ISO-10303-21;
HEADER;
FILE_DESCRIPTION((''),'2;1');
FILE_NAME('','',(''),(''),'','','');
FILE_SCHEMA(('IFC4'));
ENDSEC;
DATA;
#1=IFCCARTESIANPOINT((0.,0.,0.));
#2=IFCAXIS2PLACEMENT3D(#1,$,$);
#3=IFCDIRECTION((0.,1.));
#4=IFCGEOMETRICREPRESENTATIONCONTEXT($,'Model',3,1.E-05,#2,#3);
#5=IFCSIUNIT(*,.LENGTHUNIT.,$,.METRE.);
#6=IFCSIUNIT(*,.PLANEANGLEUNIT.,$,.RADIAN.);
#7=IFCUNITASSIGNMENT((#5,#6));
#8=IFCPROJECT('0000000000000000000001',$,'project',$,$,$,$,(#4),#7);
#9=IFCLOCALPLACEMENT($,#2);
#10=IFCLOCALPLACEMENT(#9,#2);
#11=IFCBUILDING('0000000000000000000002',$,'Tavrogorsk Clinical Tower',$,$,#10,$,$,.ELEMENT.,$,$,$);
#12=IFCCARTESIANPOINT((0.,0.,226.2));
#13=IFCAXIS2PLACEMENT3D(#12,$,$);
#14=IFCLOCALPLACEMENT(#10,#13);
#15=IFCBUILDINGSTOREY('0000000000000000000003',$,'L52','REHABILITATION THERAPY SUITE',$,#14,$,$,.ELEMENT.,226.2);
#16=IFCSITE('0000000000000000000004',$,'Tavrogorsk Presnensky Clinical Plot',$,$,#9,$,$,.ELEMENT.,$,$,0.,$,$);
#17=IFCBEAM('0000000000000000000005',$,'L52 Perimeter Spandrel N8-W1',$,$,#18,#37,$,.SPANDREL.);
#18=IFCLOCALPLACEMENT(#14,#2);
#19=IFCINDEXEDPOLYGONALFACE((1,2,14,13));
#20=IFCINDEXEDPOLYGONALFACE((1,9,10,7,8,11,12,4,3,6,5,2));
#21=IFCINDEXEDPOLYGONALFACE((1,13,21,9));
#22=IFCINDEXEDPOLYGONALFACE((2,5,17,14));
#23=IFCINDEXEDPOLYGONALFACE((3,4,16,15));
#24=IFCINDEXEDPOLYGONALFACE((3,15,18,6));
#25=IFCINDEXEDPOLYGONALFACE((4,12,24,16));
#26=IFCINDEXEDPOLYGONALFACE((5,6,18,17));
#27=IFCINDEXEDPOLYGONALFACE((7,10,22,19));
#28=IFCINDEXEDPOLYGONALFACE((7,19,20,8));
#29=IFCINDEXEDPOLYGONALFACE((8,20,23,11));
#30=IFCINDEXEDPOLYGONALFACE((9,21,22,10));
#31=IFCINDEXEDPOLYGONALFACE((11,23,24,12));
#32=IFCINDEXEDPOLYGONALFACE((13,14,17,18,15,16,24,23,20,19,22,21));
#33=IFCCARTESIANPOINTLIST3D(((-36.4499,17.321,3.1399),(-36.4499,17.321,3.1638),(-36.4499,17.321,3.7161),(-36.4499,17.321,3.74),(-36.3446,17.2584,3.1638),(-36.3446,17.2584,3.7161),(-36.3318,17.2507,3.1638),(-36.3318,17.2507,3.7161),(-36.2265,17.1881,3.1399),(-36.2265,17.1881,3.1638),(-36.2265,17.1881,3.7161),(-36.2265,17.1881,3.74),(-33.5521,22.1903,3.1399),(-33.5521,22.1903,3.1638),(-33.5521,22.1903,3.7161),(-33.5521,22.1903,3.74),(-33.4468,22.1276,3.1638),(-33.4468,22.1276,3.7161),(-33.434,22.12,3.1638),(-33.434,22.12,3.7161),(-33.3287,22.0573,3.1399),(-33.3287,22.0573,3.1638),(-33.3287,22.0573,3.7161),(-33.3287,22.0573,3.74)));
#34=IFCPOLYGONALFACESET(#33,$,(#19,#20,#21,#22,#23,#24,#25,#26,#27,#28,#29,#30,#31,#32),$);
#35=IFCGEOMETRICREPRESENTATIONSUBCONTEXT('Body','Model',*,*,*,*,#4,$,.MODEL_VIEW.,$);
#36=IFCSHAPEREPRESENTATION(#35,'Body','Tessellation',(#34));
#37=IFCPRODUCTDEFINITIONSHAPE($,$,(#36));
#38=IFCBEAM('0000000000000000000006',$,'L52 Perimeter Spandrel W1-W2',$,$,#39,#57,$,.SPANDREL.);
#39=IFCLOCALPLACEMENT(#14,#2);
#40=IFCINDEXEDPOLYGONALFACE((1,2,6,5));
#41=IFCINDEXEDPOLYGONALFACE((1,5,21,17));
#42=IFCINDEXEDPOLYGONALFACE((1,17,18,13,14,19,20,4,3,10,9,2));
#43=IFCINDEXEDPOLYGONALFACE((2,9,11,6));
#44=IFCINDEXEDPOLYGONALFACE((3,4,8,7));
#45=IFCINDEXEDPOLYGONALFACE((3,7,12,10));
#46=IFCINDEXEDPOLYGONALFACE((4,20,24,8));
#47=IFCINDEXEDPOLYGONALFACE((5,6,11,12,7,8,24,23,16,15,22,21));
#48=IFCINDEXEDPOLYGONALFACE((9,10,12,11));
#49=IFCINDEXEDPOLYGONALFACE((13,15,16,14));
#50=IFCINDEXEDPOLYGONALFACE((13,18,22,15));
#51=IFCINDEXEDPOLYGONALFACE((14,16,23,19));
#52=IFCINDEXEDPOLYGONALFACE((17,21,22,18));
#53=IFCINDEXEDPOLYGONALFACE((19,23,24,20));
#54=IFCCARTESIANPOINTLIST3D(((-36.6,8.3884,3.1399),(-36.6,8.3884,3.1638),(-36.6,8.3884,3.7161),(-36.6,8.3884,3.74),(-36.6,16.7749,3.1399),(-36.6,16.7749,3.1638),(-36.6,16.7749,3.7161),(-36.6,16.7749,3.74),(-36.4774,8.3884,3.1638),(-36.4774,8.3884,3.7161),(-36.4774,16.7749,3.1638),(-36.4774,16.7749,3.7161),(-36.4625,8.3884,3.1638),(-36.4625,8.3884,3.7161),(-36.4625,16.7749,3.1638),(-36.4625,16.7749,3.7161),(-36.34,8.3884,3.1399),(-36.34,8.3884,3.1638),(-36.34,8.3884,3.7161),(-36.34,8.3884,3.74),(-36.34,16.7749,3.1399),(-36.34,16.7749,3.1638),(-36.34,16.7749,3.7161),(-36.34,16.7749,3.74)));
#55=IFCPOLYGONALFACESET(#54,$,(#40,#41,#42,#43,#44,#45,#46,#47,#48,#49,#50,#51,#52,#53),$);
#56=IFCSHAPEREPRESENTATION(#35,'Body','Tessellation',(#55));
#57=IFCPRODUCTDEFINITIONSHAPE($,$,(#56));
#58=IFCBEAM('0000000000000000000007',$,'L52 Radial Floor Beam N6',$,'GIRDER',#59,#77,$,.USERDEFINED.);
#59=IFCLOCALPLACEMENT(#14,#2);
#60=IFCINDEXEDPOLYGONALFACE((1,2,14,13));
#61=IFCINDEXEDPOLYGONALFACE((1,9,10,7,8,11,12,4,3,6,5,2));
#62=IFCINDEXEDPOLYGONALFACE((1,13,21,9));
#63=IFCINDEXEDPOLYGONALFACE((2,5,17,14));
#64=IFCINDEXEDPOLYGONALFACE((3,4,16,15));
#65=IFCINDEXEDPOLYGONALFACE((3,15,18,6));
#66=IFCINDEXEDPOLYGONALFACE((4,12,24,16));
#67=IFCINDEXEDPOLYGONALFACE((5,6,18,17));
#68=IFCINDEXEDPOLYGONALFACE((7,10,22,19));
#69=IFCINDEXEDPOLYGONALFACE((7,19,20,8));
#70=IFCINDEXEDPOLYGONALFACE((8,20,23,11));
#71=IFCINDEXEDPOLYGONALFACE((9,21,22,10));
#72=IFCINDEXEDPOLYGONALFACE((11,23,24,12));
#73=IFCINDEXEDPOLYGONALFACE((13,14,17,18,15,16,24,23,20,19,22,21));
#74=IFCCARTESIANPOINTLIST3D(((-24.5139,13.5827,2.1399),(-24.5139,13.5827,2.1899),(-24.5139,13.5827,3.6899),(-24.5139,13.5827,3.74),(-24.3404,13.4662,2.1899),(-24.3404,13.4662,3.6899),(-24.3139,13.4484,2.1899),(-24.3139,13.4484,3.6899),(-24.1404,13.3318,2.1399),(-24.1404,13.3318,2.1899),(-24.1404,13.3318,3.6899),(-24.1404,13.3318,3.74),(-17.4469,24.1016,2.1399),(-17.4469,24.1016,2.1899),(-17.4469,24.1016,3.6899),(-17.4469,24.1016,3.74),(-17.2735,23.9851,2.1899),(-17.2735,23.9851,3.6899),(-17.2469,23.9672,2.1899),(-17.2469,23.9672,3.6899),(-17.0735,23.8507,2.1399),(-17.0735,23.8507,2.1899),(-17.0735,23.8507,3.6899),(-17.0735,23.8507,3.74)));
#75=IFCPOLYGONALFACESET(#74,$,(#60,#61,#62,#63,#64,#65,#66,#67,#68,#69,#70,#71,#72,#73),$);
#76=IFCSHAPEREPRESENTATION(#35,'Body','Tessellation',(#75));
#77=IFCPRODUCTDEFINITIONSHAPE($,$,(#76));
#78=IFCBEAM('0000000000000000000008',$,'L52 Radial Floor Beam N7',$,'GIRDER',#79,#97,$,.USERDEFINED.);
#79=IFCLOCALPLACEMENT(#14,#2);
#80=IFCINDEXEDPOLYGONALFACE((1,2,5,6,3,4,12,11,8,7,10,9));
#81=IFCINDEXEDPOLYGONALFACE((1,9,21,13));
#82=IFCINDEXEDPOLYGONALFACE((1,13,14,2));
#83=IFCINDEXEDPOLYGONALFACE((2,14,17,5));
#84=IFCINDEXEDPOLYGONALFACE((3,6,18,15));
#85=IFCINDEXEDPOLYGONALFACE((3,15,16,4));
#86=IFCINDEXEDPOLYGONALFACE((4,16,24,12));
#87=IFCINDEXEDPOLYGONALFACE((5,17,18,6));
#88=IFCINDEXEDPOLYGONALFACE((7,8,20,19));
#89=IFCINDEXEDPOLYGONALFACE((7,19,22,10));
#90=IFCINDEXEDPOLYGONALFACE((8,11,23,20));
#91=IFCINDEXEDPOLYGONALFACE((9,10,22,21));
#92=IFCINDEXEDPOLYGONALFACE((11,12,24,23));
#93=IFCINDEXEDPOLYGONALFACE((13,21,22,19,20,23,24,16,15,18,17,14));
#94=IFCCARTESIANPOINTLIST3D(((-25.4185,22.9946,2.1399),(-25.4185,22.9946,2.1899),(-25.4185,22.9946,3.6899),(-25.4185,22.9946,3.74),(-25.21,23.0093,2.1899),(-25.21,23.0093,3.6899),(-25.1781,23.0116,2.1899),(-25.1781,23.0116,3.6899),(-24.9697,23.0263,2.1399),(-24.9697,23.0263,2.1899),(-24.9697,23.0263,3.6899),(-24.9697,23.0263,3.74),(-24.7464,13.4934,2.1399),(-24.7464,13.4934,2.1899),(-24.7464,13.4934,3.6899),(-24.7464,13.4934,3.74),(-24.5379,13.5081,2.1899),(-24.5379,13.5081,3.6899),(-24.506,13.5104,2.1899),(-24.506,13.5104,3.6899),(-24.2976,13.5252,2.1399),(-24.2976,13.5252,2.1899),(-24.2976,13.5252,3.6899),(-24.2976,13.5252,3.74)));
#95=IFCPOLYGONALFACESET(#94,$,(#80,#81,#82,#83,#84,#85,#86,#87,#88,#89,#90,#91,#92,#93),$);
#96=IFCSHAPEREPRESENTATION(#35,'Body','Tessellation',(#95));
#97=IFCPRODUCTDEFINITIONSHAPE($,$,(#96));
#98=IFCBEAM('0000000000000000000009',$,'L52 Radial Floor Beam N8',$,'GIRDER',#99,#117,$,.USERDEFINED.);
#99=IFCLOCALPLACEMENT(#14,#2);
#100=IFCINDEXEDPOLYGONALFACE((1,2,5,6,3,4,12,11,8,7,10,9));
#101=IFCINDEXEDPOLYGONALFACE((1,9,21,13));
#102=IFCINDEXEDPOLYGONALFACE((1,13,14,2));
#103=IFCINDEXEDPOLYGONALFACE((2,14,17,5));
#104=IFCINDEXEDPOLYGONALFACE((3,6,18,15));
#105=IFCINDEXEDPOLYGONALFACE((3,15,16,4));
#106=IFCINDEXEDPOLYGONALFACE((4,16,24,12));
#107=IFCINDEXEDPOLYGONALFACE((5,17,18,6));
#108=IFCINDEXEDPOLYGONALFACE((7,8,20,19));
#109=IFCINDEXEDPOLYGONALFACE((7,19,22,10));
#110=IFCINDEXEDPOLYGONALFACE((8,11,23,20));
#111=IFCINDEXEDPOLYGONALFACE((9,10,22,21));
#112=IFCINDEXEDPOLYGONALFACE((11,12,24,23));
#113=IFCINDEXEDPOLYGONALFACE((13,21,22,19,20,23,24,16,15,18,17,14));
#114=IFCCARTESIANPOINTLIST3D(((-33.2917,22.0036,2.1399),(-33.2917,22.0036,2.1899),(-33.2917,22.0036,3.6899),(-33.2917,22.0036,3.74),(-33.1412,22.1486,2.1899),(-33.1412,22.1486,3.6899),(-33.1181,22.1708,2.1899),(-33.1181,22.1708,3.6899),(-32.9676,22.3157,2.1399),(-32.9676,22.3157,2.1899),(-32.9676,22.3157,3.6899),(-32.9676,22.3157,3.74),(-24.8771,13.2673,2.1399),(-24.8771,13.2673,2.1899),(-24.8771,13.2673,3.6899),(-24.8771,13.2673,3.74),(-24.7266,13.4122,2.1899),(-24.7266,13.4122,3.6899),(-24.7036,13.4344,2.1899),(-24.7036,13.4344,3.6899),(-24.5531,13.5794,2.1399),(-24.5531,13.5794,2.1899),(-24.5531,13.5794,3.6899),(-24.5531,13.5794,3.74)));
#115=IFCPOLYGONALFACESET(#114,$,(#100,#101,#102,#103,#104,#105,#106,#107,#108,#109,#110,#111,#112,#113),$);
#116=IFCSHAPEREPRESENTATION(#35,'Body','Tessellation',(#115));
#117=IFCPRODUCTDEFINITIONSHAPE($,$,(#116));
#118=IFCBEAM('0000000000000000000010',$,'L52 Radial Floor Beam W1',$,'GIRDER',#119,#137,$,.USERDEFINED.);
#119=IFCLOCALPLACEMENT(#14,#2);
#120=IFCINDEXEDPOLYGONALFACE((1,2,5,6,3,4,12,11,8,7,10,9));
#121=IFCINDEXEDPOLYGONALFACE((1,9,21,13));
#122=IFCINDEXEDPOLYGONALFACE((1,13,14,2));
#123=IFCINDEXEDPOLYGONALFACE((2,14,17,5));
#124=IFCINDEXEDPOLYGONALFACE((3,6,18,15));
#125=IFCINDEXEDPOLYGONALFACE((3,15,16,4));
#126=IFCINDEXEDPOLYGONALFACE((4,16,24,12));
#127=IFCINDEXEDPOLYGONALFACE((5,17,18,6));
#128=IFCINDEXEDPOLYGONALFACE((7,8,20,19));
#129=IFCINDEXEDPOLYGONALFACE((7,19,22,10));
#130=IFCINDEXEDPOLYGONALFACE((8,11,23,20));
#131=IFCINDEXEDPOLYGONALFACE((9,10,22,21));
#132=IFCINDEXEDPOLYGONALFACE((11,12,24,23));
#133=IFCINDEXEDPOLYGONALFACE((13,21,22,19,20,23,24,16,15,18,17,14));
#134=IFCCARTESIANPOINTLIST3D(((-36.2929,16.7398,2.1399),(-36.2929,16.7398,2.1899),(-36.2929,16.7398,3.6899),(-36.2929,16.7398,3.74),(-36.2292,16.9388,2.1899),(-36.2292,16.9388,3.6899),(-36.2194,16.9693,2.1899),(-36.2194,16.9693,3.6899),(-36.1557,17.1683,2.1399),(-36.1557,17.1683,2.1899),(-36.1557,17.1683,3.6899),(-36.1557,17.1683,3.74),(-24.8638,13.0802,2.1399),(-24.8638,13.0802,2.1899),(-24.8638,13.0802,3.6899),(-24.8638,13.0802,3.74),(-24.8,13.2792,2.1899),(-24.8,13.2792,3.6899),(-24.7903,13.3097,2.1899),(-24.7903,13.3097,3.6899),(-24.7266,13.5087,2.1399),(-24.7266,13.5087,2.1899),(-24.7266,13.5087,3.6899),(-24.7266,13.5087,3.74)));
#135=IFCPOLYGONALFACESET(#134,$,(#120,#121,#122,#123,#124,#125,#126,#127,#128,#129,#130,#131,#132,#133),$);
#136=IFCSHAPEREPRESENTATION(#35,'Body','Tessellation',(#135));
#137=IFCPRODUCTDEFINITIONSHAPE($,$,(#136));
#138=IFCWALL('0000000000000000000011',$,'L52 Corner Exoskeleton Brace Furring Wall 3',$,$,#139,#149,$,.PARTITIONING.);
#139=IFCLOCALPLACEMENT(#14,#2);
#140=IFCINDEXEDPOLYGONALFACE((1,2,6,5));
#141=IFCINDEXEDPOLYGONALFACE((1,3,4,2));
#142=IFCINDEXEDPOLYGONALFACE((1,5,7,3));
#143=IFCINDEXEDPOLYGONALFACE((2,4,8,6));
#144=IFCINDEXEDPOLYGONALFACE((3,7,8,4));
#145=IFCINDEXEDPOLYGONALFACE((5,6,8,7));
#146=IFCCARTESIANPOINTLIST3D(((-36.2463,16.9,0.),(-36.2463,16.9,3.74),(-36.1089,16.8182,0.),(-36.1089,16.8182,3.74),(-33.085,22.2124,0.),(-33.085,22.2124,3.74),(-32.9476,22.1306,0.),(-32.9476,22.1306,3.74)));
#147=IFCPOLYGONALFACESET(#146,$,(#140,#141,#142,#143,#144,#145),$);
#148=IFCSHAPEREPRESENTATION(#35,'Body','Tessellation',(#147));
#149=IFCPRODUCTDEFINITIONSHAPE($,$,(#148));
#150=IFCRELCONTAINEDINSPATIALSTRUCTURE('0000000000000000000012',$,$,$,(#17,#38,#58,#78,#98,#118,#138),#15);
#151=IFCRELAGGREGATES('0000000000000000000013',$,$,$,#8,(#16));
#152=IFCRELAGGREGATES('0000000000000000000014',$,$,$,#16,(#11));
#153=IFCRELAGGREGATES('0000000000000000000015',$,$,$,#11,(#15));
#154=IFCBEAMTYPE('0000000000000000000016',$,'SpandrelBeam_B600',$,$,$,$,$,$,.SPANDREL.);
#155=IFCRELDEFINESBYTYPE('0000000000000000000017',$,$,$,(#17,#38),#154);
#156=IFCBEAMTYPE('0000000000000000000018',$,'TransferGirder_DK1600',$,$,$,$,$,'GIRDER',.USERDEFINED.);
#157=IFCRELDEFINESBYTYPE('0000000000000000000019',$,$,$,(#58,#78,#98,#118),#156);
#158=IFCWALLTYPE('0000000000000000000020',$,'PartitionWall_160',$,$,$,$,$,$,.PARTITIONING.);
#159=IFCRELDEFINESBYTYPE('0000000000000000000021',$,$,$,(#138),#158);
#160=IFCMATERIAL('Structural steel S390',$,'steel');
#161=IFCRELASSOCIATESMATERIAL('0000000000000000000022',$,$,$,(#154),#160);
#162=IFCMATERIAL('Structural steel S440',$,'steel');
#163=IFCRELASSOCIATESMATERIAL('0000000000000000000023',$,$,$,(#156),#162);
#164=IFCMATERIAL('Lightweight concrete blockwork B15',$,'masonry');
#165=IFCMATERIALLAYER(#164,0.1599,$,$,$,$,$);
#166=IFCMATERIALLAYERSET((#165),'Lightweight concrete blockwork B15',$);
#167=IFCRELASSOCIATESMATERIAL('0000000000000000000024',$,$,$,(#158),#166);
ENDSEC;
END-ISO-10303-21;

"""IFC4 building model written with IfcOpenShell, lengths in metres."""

from ifc_helpers import new_model, si_unit, direction, frame, frame_2d, origin, origin_2d, place, context, subcontext, project, spatial, rectangle, i_section, extrude, material, layer, layer_set, material_profile, profile_set, type_object, element, save


model = new_model("IFC4")

# Units and contexts
model_context = context("Model", 3, precision=1e-05, world=origin(), true_north=direction((0.0, 1.0)))
body_context = subcontext(model_context, "Body", "Model", "MODEL_VIEW")
ifc_project = project(units=[si_unit("LENGTHUNIT", "METRE"), si_unit("PLANEANGLEUNIT", "RADIAN")], contexts=[model_context])

# Site, building, storey
site_placement = place(None, origin())
site = spatial("IfcSite", under=ifc_project, at=site_placement, Name="Tavrogorsk Presnensky Clinical Plot", CompositionType="ELEMENT", RefElevation=0.0)
building_placement = place(site_placement, origin())
building = spatial("IfcBuilding", under=site, at=building_placement, Name="Tavrogorsk Clinical Tower", CompositionType="ELEMENT")
storey_placement = place(building_placement, frame((0.0, 0.0, 226.2)))
storey = spatial("IfcBuildingStorey", under=building, at=storey_placement, Name="L52", Description="REHABILITATION THERAPY SUITE", CompositionType="ELEMENT", Elevation=226.2)

# Beams
ifc_material_1 = material(Name="Structural steel S390", Category="steel")
ifc_material_profile_1 = material_profile(ifc_material_1, i_section(OverallWidth=0.26, OverallDepth=0.6001, WebThickness=0.0149, FlangeThickness=0.0239, at=origin_2d()), Name="B-600x260x15x24")
ifc_profile_set_1 = profile_set([ifc_material_profile_1], Name="Structural steel S390")
beam_type_1 = type_object("IfcBeamType", Name="SpandrelBeam_B600", PredefinedType="SPANDREL", material=ifc_profile_set_1)
beam_1_placement = place(storey_placement, frame((-33.4404, 22.1238, 3.4399), z_axis=(-0.511407, -0.859339, 0.0), x_axis=(0.859339, -0.511407, 0.0)))
element("IfcBeam", 1, at=beam_1_placement, inside=storey, type_object=beam_type_1, Name="L52 Perimeter Spandrel N8-W1", PredefinedType="SPANDREL", context=body_context, shape_type="SweptSolid", body=[
    extrude(i_section(OverallWidth=0.26, OverallDepth=0.6001, WebThickness=0.0149, FlangeThickness=0.0239, at=origin_2d()), origin(), (0.0, 0.0, 1.0), 5.6663),
])
beam_2_placement = place(storey_placement, frame((-36.47, 16.7749, 3.4399), z_axis=(0.0, -1.0, 0.0), x_axis=(1.0, 0.0, 0.0)))
element("IfcBeam", 2, at=beam_2_placement, inside=storey, type_object=beam_type_1, Name="L52 Perimeter Spandrel W1-W2", PredefinedType="SPANDREL", context=body_context, shape_type="SweptSolid", body=[
    extrude(i_section(OverallWidth=0.26, OverallDepth=0.6001, WebThickness=0.0149, FlangeThickness=0.0239, at=origin_2d()), origin(), (0.0, 0.0, 1.0), 8.3865),
])
ifc_material_2 = material(Name="Structural steel S440", Category="steel")
ifc_material_profile_2 = material_profile(ifc_material_2, i_section(OverallWidth=0.45, OverallDepth=1.6001, WebThickness=0.032, FlangeThickness=0.05, at=origin_2d()), Name="DK-1600x450x32x50")
ifc_profile_set_2 = profile_set([ifc_material_profile_2], Name="Structural steel S440")
beam_type_2 = type_object("IfcBeamType", Name="TransferGirder_DK1600", ElementType="GIRDER", PredefinedType="USERDEFINED", material=ifc_profile_set_2)
beam_3_placement = place(storey_placement, frame((-24.3271, 13.4573, 2.9399), z_axis=(0.557667, 0.830065, 0.0), x_axis=(-0.830065, 0.557667, 0.0)))
element("IfcBeam", 3, at=beam_3_placement, inside=storey, type_object=beam_type_2, Name="L52 Radial Floor Beam N6", ObjectType="GIRDER", PredefinedType="USERDEFINED", context=body_context, shape_type="SweptSolid", body=[
    extrude(i_section(OverallWidth=0.45, OverallDepth=1.6001, WebThickness=0.032, FlangeThickness=0.05, at=origin_2d()), origin(), (0.0, 0.0, 1.0), 12.6724),
])
beam_4_placement = place(storey_placement, frame((-24.522, 13.5093, 2.9399), z_axis=(-0.070564, 0.997507, 0.0), x_axis=(-0.997507, -0.070564, 0.0)))
element("IfcBeam", 4, at=beam_4_placement, inside=storey, type_object=beam_type_2, Name="L52 Radial Floor Beam N7", ObjectType="GIRDER", PredefinedType="USERDEFINED", context=body_context, shape_type="SweptSolid", body=[
    extrude(i_section(OverallWidth=0.45, OverallDepth=1.6001, WebThickness=0.032, FlangeThickness=0.05, at=origin_2d()), origin(), (0.0, 0.0, 1.0), 9.5249),
])
beam_5_placement = place(storey_placement, frame((-24.7151, 13.4233, 2.9399), z_axis=(-0.693718, 0.720246, 0.0), x_axis=(-0.720246, -0.693718, 0.0)))
element("IfcBeam", 5, at=beam_5_placement, inside=storey, type_object=beam_type_2, Name="L52 Radial Floor Beam N8", ObjectType="GIRDER", PredefinedType="USERDEFINED", context=body_context, shape_type="SweptSolid", body=[
    extrude(i_section(OverallWidth=0.45, OverallDepth=1.6001, WebThickness=0.032, FlangeThickness=0.05, at=origin_2d()), origin(), (0.0, 0.0, 1.0), 12.1296),
])
beam_6_placement = place(storey_placement, frame((-24.7952, 13.2944, 2.9399), z_axis=(-0.952368, 0.304951, 0.0), x_axis=(-0.304951, -0.952368, 0.0)))
element("IfcBeam", 6, at=beam_6_placement, inside=storey, type_object=beam_type_2, Name="L52 Radial Floor Beam W1", ObjectType="GIRDER", PredefinedType="USERDEFINED", context=body_context, shape_type="SweptSolid", body=[
    extrude(i_section(OverallWidth=0.45, OverallDepth=1.6001, WebThickness=0.032, FlangeThickness=0.05, at=origin_2d()), origin(), (0.0, 0.0, 1.0), 12.0007),
])

# Wall
ifc_material_3 = material(Name="Lightweight concrete blockwork B15", Category="masonry")
ifc_layer_1 = layer(ifc_material_3, 0.1599)
ifc_layer_set_1 = layer_set([ifc_layer_1], Name="Lightweight concrete blockwork B15")
wall_type_1 = type_object("IfcWallType", Name="PartitionWall_160", PredefinedType="PARTITIONING", material=ifc_layer_set_1)
wall_1_placement = place(storey_placement, frame((-33.0164, 22.1714, 0.0), z_axis=(0.0, 0.0, 1.0), x_axis=(-0.511385, -0.859352, 0.0)))
element("IfcWall", 7, at=wall_1_placement, inside=storey, type_object=wall_type_1, Name="L52 Corner Exoskeleton Brace Furring Wall 3", PredefinedType="PARTITIONING", context=body_context, shape_type="SweptSolid", body=[
    extrude(rectangle(XDim=6.1819, YDim=0.1599, at=frame_2d((3.0908, 0.0))), origin(), (0.0, 0.0, 1.0), 3.74),
])

save(model, "model.ifc")
